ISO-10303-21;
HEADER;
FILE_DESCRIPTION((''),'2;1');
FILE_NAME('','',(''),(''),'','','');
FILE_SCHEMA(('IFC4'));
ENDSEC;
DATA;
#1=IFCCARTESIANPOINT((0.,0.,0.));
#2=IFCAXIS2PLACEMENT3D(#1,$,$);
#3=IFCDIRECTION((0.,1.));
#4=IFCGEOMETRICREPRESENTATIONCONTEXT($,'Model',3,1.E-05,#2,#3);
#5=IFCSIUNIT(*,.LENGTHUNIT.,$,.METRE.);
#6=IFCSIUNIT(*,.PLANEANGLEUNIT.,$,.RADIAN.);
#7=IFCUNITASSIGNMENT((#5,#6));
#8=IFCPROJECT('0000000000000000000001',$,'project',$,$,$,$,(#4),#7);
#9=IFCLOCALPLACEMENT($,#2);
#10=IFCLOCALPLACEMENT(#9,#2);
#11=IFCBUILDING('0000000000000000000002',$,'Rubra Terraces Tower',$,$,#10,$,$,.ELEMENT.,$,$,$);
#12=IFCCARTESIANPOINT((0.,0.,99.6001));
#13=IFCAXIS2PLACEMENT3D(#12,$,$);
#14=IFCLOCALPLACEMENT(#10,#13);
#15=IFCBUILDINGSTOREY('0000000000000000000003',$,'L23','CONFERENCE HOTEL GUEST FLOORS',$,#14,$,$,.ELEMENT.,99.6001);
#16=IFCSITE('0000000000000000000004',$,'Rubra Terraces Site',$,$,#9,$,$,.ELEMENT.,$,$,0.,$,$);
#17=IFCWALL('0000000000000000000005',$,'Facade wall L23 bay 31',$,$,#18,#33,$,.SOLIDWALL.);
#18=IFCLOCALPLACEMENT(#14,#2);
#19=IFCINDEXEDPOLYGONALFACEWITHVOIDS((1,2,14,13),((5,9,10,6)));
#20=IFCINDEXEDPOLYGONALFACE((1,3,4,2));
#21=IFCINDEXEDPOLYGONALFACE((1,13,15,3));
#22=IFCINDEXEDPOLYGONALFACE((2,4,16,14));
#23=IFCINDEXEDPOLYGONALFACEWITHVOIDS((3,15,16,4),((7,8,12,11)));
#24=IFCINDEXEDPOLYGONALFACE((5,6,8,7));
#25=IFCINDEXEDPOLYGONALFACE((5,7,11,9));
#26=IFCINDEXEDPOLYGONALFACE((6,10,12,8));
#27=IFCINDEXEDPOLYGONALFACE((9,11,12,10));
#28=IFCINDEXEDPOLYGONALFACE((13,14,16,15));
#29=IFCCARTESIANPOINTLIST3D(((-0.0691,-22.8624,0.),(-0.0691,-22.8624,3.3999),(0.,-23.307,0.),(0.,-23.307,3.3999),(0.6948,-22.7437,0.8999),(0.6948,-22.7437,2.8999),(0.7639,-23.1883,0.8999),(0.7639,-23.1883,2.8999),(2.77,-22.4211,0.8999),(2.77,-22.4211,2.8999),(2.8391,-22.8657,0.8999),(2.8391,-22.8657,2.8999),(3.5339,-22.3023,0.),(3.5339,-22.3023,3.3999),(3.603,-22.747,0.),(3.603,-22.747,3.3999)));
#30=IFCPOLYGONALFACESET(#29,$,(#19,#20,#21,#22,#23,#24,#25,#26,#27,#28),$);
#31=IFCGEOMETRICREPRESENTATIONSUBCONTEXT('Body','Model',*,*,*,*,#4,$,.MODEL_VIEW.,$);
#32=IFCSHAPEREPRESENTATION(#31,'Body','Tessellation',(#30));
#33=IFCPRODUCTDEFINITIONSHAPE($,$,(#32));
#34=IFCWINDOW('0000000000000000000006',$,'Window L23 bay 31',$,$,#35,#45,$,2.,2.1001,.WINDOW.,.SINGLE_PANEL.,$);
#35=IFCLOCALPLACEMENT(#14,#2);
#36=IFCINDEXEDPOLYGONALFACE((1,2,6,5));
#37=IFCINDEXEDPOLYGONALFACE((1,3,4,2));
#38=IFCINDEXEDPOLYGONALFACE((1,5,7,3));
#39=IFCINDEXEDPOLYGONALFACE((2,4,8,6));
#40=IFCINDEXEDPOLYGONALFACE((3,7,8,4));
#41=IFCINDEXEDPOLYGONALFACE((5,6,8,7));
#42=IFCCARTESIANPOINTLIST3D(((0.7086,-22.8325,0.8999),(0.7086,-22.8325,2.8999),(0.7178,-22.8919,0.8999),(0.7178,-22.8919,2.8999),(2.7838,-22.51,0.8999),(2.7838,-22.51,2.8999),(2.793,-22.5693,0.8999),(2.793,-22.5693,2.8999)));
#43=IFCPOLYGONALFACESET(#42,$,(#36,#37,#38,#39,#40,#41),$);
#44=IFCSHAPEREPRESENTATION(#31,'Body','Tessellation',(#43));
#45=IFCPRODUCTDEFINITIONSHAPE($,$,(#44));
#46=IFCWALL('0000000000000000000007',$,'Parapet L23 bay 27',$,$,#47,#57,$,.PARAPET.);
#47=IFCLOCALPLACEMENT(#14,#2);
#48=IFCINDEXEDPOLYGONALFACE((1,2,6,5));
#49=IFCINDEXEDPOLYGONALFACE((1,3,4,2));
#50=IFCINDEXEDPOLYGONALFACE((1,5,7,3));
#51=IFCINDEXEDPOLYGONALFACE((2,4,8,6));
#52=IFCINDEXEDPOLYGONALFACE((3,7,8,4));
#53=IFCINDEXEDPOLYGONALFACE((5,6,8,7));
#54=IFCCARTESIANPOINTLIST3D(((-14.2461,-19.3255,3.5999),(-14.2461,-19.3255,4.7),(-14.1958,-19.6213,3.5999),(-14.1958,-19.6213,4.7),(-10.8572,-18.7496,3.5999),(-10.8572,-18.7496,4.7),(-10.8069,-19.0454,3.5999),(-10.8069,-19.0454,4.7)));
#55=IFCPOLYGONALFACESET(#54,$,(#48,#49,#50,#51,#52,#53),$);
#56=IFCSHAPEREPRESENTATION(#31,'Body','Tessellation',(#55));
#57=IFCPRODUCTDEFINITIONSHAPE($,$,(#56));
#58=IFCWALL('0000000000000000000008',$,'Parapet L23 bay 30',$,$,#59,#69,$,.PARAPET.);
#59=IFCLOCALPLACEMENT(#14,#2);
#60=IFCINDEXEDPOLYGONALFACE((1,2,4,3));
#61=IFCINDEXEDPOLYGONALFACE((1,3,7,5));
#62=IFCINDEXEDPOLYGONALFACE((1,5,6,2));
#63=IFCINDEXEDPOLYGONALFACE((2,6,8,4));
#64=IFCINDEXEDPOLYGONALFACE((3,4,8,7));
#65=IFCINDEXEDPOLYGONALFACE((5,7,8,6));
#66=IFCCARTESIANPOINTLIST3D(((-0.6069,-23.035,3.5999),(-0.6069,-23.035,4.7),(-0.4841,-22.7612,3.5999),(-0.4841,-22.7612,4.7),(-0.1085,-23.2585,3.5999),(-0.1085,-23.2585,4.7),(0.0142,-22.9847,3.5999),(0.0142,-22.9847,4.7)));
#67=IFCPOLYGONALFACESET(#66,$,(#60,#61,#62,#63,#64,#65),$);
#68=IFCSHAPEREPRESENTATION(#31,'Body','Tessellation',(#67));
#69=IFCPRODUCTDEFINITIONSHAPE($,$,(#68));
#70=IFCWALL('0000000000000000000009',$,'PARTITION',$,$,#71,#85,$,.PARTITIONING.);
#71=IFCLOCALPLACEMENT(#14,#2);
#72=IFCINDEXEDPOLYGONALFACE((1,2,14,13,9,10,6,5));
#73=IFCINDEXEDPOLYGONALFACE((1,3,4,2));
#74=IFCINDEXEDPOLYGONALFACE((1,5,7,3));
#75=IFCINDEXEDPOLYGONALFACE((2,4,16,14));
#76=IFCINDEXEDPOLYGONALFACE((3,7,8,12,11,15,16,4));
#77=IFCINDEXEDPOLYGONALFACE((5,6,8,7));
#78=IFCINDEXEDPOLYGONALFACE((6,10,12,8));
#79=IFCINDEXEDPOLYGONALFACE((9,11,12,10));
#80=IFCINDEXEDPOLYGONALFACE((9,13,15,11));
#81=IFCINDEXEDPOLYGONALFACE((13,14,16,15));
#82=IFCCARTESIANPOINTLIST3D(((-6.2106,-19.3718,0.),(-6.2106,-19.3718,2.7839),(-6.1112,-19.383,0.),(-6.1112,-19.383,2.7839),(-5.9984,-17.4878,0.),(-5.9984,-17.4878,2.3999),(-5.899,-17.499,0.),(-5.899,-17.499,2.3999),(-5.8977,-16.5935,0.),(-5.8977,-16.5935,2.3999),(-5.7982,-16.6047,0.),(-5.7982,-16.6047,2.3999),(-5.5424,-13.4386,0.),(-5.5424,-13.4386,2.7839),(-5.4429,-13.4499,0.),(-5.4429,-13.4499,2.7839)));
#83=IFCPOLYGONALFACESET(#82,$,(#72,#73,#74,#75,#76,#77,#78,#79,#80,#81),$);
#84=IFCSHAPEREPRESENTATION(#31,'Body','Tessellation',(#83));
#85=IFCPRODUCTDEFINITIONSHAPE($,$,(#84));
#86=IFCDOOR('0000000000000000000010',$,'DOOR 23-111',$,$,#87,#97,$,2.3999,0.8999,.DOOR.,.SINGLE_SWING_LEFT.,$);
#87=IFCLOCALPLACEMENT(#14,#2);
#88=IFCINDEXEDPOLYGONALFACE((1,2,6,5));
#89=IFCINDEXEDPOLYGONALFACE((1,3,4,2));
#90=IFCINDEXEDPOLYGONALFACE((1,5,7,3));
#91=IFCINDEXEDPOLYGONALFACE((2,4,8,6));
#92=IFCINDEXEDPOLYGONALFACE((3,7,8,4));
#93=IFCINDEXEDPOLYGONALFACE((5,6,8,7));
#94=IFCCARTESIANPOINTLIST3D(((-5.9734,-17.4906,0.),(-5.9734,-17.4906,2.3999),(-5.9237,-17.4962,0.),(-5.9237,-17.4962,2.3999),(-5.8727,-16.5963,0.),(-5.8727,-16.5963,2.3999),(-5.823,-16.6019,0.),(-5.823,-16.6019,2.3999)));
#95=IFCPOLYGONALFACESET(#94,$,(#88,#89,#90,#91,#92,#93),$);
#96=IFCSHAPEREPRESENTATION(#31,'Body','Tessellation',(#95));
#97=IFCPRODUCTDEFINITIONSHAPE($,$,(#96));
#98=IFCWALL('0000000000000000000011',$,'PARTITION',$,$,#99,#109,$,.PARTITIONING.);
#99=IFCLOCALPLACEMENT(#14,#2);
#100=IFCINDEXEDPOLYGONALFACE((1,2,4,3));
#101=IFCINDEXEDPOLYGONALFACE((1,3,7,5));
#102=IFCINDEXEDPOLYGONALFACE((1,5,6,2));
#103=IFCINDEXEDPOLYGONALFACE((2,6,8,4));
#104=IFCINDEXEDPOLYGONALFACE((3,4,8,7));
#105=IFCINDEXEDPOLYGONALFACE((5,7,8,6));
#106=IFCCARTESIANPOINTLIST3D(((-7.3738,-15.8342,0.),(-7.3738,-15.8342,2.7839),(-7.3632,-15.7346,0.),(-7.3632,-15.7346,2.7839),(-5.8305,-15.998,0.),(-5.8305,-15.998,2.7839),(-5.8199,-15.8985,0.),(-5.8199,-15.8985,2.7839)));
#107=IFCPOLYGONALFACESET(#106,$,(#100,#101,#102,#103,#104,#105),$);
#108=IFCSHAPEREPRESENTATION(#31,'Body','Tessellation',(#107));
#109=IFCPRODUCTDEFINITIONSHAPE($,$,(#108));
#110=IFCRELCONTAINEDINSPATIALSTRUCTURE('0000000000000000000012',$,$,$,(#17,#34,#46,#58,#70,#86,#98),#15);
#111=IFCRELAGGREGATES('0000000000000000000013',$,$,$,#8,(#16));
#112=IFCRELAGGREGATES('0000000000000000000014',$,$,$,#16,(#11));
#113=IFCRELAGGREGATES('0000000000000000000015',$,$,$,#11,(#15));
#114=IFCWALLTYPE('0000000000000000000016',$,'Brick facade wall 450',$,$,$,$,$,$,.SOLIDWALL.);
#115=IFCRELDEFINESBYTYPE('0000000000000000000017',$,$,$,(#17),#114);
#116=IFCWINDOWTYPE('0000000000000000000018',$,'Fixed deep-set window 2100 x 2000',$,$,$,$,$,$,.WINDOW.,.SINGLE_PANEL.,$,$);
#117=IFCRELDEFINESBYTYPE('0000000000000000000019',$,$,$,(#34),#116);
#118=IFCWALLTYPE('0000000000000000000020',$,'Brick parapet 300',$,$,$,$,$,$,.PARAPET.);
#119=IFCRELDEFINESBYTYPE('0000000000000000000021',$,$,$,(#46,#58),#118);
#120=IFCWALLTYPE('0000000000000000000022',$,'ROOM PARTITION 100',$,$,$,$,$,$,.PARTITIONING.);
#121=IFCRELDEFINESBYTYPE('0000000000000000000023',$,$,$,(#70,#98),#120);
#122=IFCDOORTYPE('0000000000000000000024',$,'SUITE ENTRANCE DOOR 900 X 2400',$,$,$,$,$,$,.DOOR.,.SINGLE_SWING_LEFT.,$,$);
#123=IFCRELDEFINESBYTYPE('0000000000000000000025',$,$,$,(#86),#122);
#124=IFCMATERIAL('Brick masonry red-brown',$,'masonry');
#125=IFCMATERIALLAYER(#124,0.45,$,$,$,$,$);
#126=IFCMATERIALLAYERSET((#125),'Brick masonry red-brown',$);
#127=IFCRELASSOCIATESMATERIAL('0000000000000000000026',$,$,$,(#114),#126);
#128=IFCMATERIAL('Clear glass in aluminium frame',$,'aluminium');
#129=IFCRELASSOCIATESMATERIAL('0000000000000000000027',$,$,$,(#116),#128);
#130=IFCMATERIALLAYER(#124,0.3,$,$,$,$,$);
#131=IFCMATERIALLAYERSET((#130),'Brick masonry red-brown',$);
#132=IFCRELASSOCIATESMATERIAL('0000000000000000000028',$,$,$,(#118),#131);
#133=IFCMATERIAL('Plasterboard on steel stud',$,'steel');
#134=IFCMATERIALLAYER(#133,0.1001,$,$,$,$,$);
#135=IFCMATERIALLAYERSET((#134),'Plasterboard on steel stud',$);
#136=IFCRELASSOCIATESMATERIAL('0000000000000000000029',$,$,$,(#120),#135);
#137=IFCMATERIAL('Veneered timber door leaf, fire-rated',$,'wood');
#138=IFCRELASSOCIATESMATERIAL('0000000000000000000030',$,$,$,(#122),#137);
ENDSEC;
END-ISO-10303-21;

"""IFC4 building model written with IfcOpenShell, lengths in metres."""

from ifc_helpers import new_model, si_unit, direction, frame, frame_2d, origin, place, context, subcontext, project, spatial, rectangle, extrude, material, layer, layer_set, type_object, element, fill, save


model = new_model("IFC4")

# Units and contexts
model_context = context("Model", 3, precision=1e-05, world=origin(), true_north=direction((0.0, 1.0)))
body_context = subcontext(model_context, "Body", "Model", "MODEL_VIEW")
ifc_project = project(units=[si_unit("LENGTHUNIT", "METRE"), si_unit("PLANEANGLEUNIT", "RADIAN")], contexts=[model_context])

# Site, building, storey
site_placement = place(None, origin())
site = spatial("IfcSite", under=ifc_project, at=site_placement, Name="Rubra Terraces Site", CompositionType="ELEMENT", RefElevation=0.0)
building_placement = place(site_placement, origin())
building = spatial("IfcBuilding", under=site, at=building_placement, Name="Rubra Terraces Tower", CompositionType="ELEMENT")
storey_placement = place(building_placement, frame((0.0, 0.0, 99.6001)))
storey = spatial("IfcBuildingStorey", under=building, at=storey_placement, Name="L23", Description="CONFERENCE HOTEL GUEST FLOORS", CompositionType="ELEMENT", Elevation=99.6001)

# Wall, opening, window
ifc_material_1 = material(Name="Brick masonry red-brown", Category="masonry")
ifc_layer_1 = layer(ifc_material_1, 0.45)
ifc_layer_set_1 = layer_set([ifc_layer_1], Name="Brick masonry red-brown")
wall_type_1 = type_object("IfcWallType", Name="Brick facade wall 450", PredefinedType="SOLIDWALL", material=ifc_layer_set_1)
ifc_material_2 = material(Name="Clear glass in aluminium frame", Category="aluminium")
window_type = type_object("IfcWindowType", Name="Fixed deep-set window 2100 x 2000", PartitioningType="SINGLE_PANEL", PredefinedType="WINDOW", material=ifc_material_2)
wall_1_placement = place(storey_placement, frame((-0.0347, -23.0847, 0.0), z_axis=(0.0, 0.0, 1.0), x_axis=(0.988134, 0.153597, 0.0)))
wall_1 = element("IfcWall", 1, at=wall_1_placement, inside=storey, type_object=wall_type_1, Name="Facade wall L23 bay 31", PredefinedType="SOLIDWALL", context=body_context, shape_type="SweptSolid", body=[
    extrude(rectangle(XDim=3.6462, YDim=0.45, at=frame_2d((1.8232, 0.0))), origin(), (0.0, 0.0, 1.0), 3.3999),
])
opening_1_placement = place(wall_1_placement, frame((0.7732, 0.0, 0.8999)))
opening_1 = element("IfcOpeningElement", 2, at=opening_1_placement, cuts=wall_1, PredefinedType="OPENING", context=body_context, shape_type="SweptSolid", body=[
    extrude(rectangle(XDim=2.1001, YDim=2.0, at=frame_2d((1.05, 1.0))), frame((0.0, 0.2349, 0.0), z_axis=(0.0, -1.0, 0.0), x_axis=(1.0, 0.0, 0.0)), (0.0, 0.0, 1.0), 0.47),
])
window_1_placement = place(opening_1_placement, origin())
window_1 = element("IfcWindow", 3, at=window_1_placement, inside=storey, type_object=window_type, Name="Window L23 bay 31", OverallHeight=2.0, OverallWidth=2.1001, PartitioningType="SINGLE_PANEL", PredefinedType="WINDOW", context=body_context, shape_type="SweptSolid", body=[
    extrude(rectangle(XDim=2.1001, YDim=2.0, at=frame_2d((1.05, 1.0))), frame((0.0, 0.135, 0.0), z_axis=(0.0, -1.0, 0.0), x_axis=(1.0, 0.0, 0.0)), (0.0, 0.0, 1.0), 0.0601),
])
fill(opening_1, window_1)

# Walls
ifc_layer_2 = layer(ifc_material_1, 0.3)
ifc_layer_set_2 = layer_set([ifc_layer_2], Name="Brick masonry red-brown")
wall_type_2 = type_object("IfcWallType", Name="Brick parapet 300", PredefinedType="PARAPET", material=ifc_layer_set_2)
wall_2_placement = place(storey_placement, frame((-14.2209, -19.4734, 3.5999), z_axis=(0.0, 0.0, 1.0), x_axis=(0.985865, 0.167542, 0.0)))
element("IfcWall", 4, at=wall_2_placement, inside=storey, type_object=wall_type_2, Name="Parapet L23 bay 27", PredefinedType="PARAPET", context=body_context, shape_type="SweptSolid", body=[
    extrude(rectangle(XDim=3.4375, YDim=0.3, at=frame_2d((1.7188, 0.0))), origin(), (0.0, 0.0, 1.0), 1.1001),
])
wall_3_placement = place(storey_placement, frame((-0.5454, -22.8982, 3.5999), z_axis=(0.0, 0.0, 1.0), x_axis=(0.912498, -0.409082, 0.0)))
element("IfcWall", 5, at=wall_3_placement, inside=storey, type_object=wall_type_2, Name="Parapet L23 bay 30", PredefinedType="PARAPET", context=body_context, shape_type="SweptSolid", body=[
    extrude(rectangle(XDim=0.5461, YDim=0.3, at=frame_2d((0.2729, 0.0))), origin(), (0.0, 0.0, 1.0), 1.1001),
])

# Wall, opening, door
ifc_material_3 = material(Name="Plasterboard on steel stud", Category="steel")
ifc_layer_3 = layer(ifc_material_3, 0.1001)
ifc_layer_set_3 = layer_set([ifc_layer_3], Name="Plasterboard on steel stud")
wall_type_3 = type_object("IfcWallType", Name="ROOM PARTITION 100", PredefinedType="PARTITIONING", material=ifc_layer_set_3)
wall_4_placement = place(storey_placement, frame((-6.1609, -19.3774, 0.0), z_axis=(0.0, 0.0, 1.0), x_axis=(0.111917, 0.993718, 0.0)))
wall_4 = element("IfcWall", 6, at=wall_4_placement, inside=storey, type_object=wall_type_3, Name="PARTITION", PredefinedType="PARTITIONING", context=body_context, shape_type="SweptSolid", body=[
    extrude(rectangle(XDim=5.9707, YDim=0.1001, at=frame_2d((2.9854, 0.0))), origin(), (0.0, 0.0, 1.0), 2.7839),
])
opening_2_placement = place(wall_4_placement, frame((1.896, 0.0, 0.0)))
opening_2 = element("IfcOpeningElement", 7, at=opening_2_placement, cuts=wall_4, PredefinedType="OPENING", context=body_context, shape_type="SweptSolid", body=[
    extrude(rectangle(XDim=0.8999, YDim=2.3999, at=frame_2d((0.45, 1.2))), frame((0.0, 0.0601, 0.0), z_axis=(0.0, -1.0, 0.0), x_axis=(1.0, 0.0, 0.0)), (0.0, 0.0, 1.0), 0.1201),
])
ifc_material_4 = material(Name="Veneered timber door leaf, fire-rated", Category="wood")
door_type = type_object("IfcDoorType", Name="SUITE ENTRANCE DOOR 900 X 2400", OperationType="SINGLE_SWING_LEFT", PredefinedType="DOOR", material=ifc_material_4)
door_placement = place(opening_2_placement, origin())
door = element("IfcDoor", 8, at=door_placement, inside=storey, type_object=door_type, Name="DOOR 23-111", OperationType="SINGLE_SWING_LEFT", OverallHeight=2.3999, OverallWidth=0.8999, PredefinedType="DOOR", context=body_context, shape_type="SweptSolid", body=[
    extrude(rectangle(XDim=0.8999, YDim=2.3999, at=frame_2d((0.45, 1.2))), frame((0.0, 0.0249, 0.0), z_axis=(0.0, -1.0, 0.0), x_axis=(1.0, 0.0, 0.0)), (0.0, 0.0, 1.0), 0.05),
])
fill(opening_2, door)

# Wall
wall_5_placement = place(storey_placement, frame((-7.3684, -15.7844, 0.0), z_axis=(0.0, 0.0, 1.0), x_axis=(0.994413, -0.105561, 0.0)))
element("IfcWall", 9, at=wall_5_placement, inside=storey, type_object=wall_type_3, Name="PARTITION", PredefinedType="PARTITIONING", context=body_context, shape_type="SweptSolid", body=[
    extrude(rectangle(XDim=1.552, YDim=0.1001, at=frame_2d((0.7759, 0.0))), origin(), (0.0, 0.0, 1.0), 2.7839),
])

save(model, "model.ifc")
